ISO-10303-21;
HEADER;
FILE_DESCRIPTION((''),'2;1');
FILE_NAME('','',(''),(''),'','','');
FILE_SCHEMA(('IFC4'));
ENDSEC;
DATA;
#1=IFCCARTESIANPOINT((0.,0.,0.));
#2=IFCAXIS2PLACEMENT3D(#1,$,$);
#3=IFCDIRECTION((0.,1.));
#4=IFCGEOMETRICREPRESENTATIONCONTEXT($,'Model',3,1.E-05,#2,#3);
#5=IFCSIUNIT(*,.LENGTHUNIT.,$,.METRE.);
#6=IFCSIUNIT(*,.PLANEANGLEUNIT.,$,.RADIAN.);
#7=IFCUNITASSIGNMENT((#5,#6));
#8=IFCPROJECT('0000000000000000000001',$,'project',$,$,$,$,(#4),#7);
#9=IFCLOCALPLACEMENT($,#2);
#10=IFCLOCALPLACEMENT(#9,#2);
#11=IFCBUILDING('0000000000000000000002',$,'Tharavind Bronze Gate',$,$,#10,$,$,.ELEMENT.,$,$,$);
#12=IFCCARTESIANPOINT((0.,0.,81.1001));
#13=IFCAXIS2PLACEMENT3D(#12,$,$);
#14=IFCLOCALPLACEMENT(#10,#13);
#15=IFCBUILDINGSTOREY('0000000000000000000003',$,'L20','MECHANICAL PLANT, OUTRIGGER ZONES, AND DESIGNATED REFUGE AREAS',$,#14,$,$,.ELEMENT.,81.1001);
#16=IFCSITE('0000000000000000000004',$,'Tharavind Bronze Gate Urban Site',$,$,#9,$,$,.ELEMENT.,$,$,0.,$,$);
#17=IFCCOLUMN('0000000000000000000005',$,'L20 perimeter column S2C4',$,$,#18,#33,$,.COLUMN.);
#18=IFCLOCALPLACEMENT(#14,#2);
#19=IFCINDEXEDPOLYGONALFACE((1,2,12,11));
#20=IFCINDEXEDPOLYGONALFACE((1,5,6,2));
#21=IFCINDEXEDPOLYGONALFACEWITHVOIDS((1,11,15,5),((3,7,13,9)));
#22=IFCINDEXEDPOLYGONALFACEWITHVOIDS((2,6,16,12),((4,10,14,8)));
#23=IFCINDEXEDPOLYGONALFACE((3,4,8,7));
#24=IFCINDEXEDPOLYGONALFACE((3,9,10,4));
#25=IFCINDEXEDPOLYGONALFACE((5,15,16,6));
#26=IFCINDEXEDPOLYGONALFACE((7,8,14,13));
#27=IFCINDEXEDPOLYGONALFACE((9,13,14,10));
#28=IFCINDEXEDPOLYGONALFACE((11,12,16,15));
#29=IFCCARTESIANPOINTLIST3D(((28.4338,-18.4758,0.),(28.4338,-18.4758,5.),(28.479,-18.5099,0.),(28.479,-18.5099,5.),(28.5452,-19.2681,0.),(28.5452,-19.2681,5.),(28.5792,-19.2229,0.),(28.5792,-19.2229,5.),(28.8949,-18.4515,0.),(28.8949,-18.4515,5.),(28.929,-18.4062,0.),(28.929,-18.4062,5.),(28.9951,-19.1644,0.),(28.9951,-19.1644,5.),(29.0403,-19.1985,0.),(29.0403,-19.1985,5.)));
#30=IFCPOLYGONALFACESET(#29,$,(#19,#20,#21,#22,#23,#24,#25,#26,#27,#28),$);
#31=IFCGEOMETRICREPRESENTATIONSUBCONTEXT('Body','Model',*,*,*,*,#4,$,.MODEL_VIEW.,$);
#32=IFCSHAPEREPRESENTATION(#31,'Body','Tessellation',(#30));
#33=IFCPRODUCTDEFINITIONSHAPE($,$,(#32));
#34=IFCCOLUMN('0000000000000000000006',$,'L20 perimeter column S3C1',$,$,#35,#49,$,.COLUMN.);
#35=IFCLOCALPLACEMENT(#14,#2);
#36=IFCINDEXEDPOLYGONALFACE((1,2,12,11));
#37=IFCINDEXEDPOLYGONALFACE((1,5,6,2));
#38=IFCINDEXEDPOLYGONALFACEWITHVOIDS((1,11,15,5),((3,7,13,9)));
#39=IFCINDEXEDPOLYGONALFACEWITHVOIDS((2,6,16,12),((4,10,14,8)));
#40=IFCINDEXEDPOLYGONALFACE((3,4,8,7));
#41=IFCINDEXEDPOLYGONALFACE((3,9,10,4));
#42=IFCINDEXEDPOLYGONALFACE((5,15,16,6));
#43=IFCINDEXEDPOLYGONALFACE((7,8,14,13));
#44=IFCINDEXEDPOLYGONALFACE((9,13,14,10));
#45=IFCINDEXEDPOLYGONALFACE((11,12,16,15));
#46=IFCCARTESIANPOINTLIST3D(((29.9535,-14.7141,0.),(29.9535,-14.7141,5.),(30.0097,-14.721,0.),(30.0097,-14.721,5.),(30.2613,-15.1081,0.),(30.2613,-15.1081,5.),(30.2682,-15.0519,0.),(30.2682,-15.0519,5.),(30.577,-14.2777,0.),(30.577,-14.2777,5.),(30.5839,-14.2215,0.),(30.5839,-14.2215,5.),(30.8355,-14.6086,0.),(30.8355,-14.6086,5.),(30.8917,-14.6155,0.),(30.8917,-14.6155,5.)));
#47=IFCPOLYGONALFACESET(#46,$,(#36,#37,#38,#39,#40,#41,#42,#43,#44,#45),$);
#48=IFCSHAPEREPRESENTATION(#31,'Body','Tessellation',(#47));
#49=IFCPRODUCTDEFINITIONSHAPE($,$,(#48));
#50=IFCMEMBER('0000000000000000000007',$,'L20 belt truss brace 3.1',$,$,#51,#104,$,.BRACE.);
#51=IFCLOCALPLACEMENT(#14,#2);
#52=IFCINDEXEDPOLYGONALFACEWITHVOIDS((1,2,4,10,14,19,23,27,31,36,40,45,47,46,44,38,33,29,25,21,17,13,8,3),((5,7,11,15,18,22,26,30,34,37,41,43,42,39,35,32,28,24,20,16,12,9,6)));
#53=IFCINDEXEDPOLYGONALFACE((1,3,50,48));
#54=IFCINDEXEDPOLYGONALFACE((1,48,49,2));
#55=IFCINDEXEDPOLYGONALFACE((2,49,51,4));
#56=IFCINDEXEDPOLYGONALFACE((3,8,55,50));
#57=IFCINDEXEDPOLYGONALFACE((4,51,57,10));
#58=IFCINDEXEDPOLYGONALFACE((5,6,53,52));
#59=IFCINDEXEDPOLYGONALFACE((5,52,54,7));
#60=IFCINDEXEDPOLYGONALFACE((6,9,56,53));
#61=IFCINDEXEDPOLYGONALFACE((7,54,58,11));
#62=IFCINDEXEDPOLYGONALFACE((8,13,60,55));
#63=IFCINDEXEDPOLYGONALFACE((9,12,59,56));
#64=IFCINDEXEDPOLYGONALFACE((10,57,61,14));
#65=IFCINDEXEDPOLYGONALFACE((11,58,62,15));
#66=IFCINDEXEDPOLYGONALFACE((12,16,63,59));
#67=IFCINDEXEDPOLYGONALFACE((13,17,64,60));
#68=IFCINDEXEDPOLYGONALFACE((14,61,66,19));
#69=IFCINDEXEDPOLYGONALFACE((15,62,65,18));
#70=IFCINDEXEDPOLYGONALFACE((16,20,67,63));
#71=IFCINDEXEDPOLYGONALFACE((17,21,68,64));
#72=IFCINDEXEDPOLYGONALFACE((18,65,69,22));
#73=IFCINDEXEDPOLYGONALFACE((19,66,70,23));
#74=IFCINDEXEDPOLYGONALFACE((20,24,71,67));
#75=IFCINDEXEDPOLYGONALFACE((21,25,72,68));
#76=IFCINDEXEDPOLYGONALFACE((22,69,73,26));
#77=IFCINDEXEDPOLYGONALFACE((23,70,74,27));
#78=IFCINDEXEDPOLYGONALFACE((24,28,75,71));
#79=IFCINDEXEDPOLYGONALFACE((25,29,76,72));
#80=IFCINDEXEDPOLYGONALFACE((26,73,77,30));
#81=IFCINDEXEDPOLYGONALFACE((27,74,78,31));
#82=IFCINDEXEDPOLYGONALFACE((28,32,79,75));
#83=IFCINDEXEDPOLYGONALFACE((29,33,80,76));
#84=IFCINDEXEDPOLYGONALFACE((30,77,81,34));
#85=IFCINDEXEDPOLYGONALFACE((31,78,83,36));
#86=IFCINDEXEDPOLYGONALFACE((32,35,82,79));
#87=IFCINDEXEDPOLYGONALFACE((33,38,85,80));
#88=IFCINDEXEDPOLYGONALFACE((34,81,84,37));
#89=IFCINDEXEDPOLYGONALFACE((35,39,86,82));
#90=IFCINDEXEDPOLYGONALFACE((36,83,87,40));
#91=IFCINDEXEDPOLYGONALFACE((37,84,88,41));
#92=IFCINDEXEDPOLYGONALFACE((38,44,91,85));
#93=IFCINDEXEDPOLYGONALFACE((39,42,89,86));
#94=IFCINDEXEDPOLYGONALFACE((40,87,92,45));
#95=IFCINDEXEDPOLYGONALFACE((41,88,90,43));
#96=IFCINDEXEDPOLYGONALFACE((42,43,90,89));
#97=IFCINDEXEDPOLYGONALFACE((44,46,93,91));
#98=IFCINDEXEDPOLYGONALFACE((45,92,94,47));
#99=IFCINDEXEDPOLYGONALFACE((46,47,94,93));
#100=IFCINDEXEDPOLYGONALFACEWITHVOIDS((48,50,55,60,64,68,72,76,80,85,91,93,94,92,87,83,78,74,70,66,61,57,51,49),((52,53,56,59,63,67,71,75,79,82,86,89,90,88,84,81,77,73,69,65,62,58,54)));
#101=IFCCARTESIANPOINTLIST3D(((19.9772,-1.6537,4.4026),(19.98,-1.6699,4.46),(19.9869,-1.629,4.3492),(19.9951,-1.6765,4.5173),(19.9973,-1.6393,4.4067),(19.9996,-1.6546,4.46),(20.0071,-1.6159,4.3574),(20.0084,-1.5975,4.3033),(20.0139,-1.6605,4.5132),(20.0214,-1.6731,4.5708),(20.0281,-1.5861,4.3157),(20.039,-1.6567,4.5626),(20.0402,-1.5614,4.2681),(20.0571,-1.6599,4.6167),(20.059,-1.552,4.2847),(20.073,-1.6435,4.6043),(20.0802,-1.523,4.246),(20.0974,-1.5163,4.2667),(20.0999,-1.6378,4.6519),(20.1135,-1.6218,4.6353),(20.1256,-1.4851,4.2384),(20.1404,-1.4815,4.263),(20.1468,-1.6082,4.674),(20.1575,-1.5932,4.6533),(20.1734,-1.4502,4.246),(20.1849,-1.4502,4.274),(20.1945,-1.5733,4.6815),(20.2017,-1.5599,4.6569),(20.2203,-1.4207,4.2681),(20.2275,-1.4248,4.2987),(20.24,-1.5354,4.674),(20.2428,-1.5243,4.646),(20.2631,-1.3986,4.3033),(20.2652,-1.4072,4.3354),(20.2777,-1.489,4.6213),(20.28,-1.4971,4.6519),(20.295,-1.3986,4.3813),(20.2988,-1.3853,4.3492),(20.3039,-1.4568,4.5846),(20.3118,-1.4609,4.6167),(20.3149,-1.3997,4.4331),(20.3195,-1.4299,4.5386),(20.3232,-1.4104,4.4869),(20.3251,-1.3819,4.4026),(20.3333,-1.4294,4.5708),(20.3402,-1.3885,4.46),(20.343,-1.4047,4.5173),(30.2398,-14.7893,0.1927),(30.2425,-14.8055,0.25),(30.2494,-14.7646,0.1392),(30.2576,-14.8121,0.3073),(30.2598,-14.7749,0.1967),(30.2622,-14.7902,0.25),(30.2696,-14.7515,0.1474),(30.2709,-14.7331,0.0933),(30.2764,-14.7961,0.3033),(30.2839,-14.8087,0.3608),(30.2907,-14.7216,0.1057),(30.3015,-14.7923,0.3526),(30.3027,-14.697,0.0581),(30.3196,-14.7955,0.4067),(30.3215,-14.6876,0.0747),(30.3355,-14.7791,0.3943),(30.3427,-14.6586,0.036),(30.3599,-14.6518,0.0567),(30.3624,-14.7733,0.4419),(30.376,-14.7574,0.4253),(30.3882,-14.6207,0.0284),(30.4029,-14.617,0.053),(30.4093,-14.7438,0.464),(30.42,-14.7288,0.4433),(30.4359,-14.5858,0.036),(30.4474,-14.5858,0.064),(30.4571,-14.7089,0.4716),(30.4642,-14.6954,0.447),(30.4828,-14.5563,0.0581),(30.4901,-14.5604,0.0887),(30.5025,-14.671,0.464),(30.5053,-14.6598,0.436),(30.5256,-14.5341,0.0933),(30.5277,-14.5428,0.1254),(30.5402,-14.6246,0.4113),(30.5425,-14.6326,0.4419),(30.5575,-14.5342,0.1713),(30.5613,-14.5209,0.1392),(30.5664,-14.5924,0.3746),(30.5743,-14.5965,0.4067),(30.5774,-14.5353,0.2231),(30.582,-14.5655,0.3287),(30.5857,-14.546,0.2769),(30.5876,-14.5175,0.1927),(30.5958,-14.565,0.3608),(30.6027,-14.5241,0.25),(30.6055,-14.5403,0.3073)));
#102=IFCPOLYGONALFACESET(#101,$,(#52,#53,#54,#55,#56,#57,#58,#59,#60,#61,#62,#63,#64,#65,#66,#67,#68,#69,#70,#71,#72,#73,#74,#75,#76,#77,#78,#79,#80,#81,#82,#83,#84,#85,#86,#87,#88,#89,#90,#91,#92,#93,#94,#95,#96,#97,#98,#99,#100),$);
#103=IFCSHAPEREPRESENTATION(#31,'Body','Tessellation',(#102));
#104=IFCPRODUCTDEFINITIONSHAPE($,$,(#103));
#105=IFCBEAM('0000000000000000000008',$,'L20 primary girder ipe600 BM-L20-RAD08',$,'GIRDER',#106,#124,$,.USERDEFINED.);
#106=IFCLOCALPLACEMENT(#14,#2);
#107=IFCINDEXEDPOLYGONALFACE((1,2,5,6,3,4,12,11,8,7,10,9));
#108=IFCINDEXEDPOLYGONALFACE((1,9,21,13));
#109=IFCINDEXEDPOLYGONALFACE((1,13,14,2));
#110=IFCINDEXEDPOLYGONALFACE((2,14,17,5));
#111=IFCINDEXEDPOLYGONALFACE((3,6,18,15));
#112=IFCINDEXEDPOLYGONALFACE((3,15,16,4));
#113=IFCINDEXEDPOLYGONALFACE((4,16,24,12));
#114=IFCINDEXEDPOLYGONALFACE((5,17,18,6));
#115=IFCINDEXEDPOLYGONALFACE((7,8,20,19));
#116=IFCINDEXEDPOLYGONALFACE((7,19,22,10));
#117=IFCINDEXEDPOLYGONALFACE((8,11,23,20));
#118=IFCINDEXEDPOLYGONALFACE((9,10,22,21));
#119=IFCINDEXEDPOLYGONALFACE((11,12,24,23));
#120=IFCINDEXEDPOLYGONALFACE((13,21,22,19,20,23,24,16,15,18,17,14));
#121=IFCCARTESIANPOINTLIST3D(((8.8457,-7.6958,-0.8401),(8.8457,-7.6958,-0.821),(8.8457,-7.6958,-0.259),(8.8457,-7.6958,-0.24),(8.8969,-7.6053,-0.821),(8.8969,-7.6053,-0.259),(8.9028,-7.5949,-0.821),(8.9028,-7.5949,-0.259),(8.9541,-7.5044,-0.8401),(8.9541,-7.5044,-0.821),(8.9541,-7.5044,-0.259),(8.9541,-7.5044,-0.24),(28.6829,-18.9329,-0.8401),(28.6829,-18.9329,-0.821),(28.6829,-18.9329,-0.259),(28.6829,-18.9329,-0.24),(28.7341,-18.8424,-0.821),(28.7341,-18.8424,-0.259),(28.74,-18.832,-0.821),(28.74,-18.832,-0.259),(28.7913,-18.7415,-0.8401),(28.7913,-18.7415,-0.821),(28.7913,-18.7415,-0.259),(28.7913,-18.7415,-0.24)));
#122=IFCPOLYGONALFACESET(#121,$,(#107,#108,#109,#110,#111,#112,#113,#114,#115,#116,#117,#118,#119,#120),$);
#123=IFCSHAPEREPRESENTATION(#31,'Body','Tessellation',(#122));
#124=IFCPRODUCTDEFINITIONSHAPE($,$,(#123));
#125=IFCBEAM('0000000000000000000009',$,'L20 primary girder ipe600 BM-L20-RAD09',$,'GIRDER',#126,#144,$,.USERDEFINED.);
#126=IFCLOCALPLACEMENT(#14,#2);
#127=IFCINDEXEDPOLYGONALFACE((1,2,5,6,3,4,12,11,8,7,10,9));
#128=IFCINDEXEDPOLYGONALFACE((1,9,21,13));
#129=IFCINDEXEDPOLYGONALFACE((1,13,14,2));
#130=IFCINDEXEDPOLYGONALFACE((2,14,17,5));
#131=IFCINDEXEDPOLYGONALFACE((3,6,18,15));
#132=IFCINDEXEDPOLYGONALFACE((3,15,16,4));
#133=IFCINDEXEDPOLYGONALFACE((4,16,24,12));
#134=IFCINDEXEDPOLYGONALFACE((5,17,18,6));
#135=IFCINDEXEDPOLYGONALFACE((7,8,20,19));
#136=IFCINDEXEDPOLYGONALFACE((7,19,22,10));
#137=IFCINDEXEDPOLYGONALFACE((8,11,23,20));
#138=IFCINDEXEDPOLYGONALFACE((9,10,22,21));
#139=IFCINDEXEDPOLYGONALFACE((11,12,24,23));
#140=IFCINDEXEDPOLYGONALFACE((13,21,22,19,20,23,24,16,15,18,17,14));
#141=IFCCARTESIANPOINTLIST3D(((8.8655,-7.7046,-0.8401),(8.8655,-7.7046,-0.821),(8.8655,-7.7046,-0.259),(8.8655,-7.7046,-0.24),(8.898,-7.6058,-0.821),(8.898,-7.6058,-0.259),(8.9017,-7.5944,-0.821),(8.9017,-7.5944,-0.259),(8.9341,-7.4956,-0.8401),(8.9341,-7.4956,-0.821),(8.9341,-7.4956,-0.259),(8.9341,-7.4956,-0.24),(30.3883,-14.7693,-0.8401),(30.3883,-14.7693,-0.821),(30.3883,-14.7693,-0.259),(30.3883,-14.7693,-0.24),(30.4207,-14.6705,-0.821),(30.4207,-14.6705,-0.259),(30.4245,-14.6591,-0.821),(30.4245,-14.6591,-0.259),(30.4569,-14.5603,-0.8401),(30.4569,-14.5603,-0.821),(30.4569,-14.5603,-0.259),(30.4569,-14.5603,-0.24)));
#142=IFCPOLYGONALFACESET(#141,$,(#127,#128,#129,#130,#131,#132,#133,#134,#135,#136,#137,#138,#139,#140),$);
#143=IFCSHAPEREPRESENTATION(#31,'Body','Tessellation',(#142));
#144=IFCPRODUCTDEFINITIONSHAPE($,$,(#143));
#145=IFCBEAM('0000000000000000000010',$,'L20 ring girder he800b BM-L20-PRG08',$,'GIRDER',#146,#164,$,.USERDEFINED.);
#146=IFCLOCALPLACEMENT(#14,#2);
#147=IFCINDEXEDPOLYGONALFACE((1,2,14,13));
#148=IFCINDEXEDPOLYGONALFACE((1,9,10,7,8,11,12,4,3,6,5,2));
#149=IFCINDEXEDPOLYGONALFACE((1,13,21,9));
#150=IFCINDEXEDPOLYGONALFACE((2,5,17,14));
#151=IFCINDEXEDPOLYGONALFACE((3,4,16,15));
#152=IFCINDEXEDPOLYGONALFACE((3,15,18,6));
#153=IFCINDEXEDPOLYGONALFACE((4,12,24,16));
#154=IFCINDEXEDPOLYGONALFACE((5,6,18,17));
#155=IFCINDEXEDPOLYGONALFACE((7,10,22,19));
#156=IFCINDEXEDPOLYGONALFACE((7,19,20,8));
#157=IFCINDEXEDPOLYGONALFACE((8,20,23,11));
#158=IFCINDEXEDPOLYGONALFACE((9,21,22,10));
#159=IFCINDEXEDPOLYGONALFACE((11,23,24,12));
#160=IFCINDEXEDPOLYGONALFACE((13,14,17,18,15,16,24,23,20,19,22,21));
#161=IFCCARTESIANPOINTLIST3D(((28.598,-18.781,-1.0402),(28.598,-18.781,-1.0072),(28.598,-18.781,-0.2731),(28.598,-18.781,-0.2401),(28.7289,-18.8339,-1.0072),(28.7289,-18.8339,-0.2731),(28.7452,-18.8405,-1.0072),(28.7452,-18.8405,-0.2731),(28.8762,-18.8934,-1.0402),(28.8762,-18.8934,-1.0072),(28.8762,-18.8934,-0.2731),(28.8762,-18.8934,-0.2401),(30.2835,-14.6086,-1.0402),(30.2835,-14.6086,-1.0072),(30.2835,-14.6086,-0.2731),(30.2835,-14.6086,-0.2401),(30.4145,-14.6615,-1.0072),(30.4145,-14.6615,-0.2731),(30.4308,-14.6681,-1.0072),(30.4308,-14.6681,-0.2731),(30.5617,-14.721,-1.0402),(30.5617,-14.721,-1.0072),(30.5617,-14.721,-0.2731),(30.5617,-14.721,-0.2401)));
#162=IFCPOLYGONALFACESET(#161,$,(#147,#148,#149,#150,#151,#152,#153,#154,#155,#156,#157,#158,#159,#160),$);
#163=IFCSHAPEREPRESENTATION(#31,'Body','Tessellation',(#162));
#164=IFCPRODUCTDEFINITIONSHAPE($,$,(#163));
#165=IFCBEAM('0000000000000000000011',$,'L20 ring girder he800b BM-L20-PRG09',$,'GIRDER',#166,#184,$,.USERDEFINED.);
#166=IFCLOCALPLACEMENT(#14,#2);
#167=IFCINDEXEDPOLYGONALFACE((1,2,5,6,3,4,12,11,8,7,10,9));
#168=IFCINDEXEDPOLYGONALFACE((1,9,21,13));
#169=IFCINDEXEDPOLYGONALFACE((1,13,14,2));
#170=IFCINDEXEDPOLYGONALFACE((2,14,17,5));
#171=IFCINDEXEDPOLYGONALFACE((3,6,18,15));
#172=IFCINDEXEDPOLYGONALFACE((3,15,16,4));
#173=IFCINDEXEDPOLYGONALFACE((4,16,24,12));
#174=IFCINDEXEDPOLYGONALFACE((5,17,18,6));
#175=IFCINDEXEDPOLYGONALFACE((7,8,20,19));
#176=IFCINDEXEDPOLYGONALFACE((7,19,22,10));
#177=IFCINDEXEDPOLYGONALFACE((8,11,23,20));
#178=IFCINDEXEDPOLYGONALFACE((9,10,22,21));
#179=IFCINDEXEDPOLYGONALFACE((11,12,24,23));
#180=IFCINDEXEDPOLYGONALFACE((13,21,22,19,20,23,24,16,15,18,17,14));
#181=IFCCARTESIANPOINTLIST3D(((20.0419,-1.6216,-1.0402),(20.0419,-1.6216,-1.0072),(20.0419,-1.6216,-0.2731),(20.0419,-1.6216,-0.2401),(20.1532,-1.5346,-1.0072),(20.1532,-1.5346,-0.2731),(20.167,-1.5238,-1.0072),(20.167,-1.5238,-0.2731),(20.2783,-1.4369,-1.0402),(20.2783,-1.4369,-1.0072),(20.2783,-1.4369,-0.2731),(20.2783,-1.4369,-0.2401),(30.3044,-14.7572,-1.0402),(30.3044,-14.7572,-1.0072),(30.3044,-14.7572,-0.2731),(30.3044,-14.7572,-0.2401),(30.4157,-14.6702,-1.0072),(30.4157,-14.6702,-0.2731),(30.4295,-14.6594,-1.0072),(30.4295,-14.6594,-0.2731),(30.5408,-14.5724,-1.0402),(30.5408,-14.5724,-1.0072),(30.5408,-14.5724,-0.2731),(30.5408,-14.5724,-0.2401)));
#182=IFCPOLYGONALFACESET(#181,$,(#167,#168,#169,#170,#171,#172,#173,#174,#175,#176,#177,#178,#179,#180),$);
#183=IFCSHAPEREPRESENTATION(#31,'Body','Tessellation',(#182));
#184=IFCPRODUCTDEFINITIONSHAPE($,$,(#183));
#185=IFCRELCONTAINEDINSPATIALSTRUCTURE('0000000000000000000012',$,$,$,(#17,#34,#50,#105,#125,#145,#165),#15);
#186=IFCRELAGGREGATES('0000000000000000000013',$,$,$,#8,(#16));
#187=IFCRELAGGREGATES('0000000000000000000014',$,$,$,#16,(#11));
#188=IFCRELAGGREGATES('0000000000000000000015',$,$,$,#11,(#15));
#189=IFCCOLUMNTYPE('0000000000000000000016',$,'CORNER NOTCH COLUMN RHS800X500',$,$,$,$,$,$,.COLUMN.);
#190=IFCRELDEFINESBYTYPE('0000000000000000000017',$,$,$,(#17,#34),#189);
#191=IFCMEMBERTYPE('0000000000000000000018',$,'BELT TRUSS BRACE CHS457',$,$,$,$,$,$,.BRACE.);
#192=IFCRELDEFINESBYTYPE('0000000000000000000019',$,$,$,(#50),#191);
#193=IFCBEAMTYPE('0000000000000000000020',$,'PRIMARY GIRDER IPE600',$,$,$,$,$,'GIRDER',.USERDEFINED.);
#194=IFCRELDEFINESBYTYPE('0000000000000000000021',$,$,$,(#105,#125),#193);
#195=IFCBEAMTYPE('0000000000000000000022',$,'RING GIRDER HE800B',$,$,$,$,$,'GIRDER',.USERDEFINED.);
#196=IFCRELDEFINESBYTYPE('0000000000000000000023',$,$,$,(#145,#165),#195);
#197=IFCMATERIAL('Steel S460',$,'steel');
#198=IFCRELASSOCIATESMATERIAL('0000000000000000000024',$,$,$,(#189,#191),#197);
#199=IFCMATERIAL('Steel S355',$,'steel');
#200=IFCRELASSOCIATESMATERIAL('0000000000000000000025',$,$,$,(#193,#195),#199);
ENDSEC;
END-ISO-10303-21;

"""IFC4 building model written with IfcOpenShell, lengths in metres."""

from ifc_helpers import new_model, si_unit, direction, frame, origin, origin_2d, place, context, subcontext, project, spatial, hollow_rectangle, hollow_circle, i_section, extrude, material, material_profile, profile_set, type_object, element, save


model = new_model("IFC4")

# Units and contexts
model_context = context("Model", 3, precision=1e-05, world=origin(), true_north=direction((0.0, 1.0)))
body_context = subcontext(model_context, "Body", "Model", "MODEL_VIEW")
ifc_project = project(units=[si_unit("LENGTHUNIT", "METRE"), si_unit("PLANEANGLEUNIT", "RADIAN")], contexts=[model_context])

# Site, building, storey
site_placement = place(None, origin())
site = spatial("IfcSite", under=ifc_project, at=site_placement, Name="Tharavind Bronze Gate Urban Site", CompositionType="ELEMENT", RefElevation=0.0)
building_placement = place(site_placement, origin())
building = spatial("IfcBuilding", under=site, at=building_placement, Name="Tharavind Bronze Gate", CompositionType="ELEMENT")
storey_placement = place(building_placement, frame((0.0, 0.0, 81.1001)))
storey = spatial("IfcBuildingStorey", under=building, at=storey_placement, Name="L20", Description="MECHANICAL PLANT, OUTRIGGER ZONES, AND DESIGNATED REFUGE AREAS", CompositionType="ELEMENT", Elevation=81.1001)

# Columns
ifc_material_1 = material(Name="Steel S460", Category="steel")
ifc_material_profile_1 = material_profile(ifc_material_1, hollow_rectangle(XDim=0.5, YDim=0.8, WallThickness=0.04, at=origin_2d()), Name="RHS800X500X40")
ifc_profile_set_1 = profile_set([ifc_material_profile_1], Name="Steel S460")
column_type = type_object("IfcColumnType", Name="CORNER NOTCH COLUMN RHS800X500", PredefinedType="COLUMN", material=ifc_profile_set_1)
for number, where, z_axis, x_axis, name in (
    (1, (28.7371, -18.8372, 0.0), (0.0, 0.0, 1.0), (0.990268, 0.139173, 0.0), "L20 perimeter column S2C4"),
    (2, (30.4226, -14.6648, 0.0), (0.0, 0.0, 1.0), (-0.615661, 0.788011, 0.0), "L20 perimeter column S3C1"),
):
    element("IfcColumn", number, at=place(storey_placement, frame(where, z_axis=z_axis, x_axis=x_axis)), inside=storey, type_object=column_type, Name=name, PredefinedType="COLUMN", context=body_context, shape_type="SweptSolid", body=[
        extrude(hollow_rectangle(XDim=0.5, YDim=0.8, WallThickness=0.04, at=origin_2d()), origin(), (0.0, 0.0, 1.0), 5.0),
    ])

# Member
ifc_material_profile_2 = material_profile(ifc_material_1, hollow_circle(Radius=0.2285, WallThickness=0.0249, at=origin_2d()), Name="CHS457X25")
ifc_profile_set_2 = profile_set([ifc_material_profile_2], Name="Steel S460")
member_type = type_object("IfcMemberType", Name="BELT TRUSS BRACE CHS457", PredefinedType="BRACE", material=ifc_profile_set_2)
member_placement = place(storey_placement, frame((30.4226, -14.6648, 0.25), z_axis=(-0.596913, 0.764024, 0.244872), x_axis=(-0.788014, -0.615657, 0.0)))
element("IfcMember", 3, at=member_placement, inside=storey, type_object=member_type, Name="L20 belt truss brace 3.1", PredefinedType="BRACE", context=body_context, shape_type="SweptSolid", body=[
    extrude(hollow_circle(Radius=0.2285, WallThickness=0.0249, at=origin_2d()), origin(), (0.0, 0.0, 1.0), 17.1926),
])

# Beams
ifc_material_2 = material(Name="Steel S355", Category="steel")
ifc_material_profile_3 = material_profile(ifc_material_2, i_section(OverallWidth=0.22, OverallDepth=0.6001, WebThickness=0.012, FlangeThickness=0.019, at=origin_2d()), Name="IPE600")
ifc_profile_set_3 = profile_set([ifc_material_profile_3], Name="Steel S355")
beam_type_1 = type_object("IfcBeamType", Name="PRIMARY GIRDER IPE600", ElementType="GIRDER", PredefinedType="USERDEFINED", material=ifc_profile_set_3)
beam_1_placement = place(storey_placement, frame((28.7371, -18.8372, -0.54), z_axis=(-0.870097, 0.49288, 0.0), x_axis=(-0.49288, -0.870097, 0.0)))
element("IfcBeam", 4, at=beam_1_placement, inside=storey, type_object=beam_type_1, Name="L20 primary girder ipe600 BM-L20-RAD08", ObjectType="GIRDER", PredefinedType="USERDEFINED", context=body_context, shape_type="SweptSolid", body=[
    extrude(i_section(OverallWidth=0.22, OverallDepth=0.6001, WebThickness=0.012, FlangeThickness=0.019, at=origin_2d()), origin(), (0.0, 0.0, 1.0), 22.7988),
])
beam_2_placement = place(storey_placement, frame((30.4226, -14.6648, -0.54), z_axis=(-0.950124, 0.311872, 0.0), x_axis=(-0.311872, -0.950124, 0.0)))
element("IfcBeam", 5, at=beam_2_placement, inside=storey, type_object=beam_type_1, Name="L20 primary girder ipe600 BM-L20-RAD09", ObjectType="GIRDER", PredefinedType="USERDEFINED", context=body_context, shape_type="SweptSolid", body=[
    extrude(i_section(OverallWidth=0.22, OverallDepth=0.6001, WebThickness=0.012, FlangeThickness=0.019, at=origin_2d()), origin(), (0.0, 0.0, 1.0), 22.6526),
])
ifc_material_profile_4 = material_profile(ifc_material_2, i_section(OverallWidth=0.3, OverallDepth=0.8, WebThickness=0.0176, FlangeThickness=0.033, at=origin_2d()), Name="HE800B")
ifc_profile_set_4 = profile_set([ifc_material_profile_4], Name="Steel S355")
beam_type_2 = type_object("IfcBeamType", Name="RING GIRDER HE800B", ElementType="GIRDER", PredefinedType="USERDEFINED", material=ifc_profile_set_4)
beam_3_placement = place(storey_placement, frame((28.7371, -18.8372, -0.6401), z_axis=(0.374569, 0.927199, 0.0), x_axis=(-0.927199, 0.374569, 0.0)))
element("IfcBeam", 6, at=beam_3_placement, inside=storey, type_object=beam_type_2, Name="L20 ring girder he800b BM-L20-PRG08", ObjectType="GIRDER", PredefinedType="USERDEFINED", context=body_context, shape_type="SweptSolid", body=[
    extrude(i_section(OverallWidth=0.3, OverallDepth=0.8, WebThickness=0.0176, FlangeThickness=0.033, at=origin_2d()), origin(), (0.0, 0.0, 1.0), 4.5),
])
beam_4_placement = place(storey_placement, frame((30.4226, -14.6648, -0.6401), z_axis=(-0.615657, 0.788014, 0.0), x_axis=(-0.788014, -0.615657, 0.0)))
element("IfcBeam", 7, at=beam_4_placement, inside=storey, type_object=beam_type_2, Name="L20 ring girder he800b BM-L20-PRG09", ObjectType="GIRDER", PredefinedType="USERDEFINED", context=body_context, shape_type="SweptSolid", body=[
    extrude(i_section(OverallWidth=0.3, OverallDepth=0.8, WebThickness=0.0176, FlangeThickness=0.033, at=origin_2d()), origin(), (0.0, 0.0, 1.0), 16.6692),
])

save(model, "model.ifc")
